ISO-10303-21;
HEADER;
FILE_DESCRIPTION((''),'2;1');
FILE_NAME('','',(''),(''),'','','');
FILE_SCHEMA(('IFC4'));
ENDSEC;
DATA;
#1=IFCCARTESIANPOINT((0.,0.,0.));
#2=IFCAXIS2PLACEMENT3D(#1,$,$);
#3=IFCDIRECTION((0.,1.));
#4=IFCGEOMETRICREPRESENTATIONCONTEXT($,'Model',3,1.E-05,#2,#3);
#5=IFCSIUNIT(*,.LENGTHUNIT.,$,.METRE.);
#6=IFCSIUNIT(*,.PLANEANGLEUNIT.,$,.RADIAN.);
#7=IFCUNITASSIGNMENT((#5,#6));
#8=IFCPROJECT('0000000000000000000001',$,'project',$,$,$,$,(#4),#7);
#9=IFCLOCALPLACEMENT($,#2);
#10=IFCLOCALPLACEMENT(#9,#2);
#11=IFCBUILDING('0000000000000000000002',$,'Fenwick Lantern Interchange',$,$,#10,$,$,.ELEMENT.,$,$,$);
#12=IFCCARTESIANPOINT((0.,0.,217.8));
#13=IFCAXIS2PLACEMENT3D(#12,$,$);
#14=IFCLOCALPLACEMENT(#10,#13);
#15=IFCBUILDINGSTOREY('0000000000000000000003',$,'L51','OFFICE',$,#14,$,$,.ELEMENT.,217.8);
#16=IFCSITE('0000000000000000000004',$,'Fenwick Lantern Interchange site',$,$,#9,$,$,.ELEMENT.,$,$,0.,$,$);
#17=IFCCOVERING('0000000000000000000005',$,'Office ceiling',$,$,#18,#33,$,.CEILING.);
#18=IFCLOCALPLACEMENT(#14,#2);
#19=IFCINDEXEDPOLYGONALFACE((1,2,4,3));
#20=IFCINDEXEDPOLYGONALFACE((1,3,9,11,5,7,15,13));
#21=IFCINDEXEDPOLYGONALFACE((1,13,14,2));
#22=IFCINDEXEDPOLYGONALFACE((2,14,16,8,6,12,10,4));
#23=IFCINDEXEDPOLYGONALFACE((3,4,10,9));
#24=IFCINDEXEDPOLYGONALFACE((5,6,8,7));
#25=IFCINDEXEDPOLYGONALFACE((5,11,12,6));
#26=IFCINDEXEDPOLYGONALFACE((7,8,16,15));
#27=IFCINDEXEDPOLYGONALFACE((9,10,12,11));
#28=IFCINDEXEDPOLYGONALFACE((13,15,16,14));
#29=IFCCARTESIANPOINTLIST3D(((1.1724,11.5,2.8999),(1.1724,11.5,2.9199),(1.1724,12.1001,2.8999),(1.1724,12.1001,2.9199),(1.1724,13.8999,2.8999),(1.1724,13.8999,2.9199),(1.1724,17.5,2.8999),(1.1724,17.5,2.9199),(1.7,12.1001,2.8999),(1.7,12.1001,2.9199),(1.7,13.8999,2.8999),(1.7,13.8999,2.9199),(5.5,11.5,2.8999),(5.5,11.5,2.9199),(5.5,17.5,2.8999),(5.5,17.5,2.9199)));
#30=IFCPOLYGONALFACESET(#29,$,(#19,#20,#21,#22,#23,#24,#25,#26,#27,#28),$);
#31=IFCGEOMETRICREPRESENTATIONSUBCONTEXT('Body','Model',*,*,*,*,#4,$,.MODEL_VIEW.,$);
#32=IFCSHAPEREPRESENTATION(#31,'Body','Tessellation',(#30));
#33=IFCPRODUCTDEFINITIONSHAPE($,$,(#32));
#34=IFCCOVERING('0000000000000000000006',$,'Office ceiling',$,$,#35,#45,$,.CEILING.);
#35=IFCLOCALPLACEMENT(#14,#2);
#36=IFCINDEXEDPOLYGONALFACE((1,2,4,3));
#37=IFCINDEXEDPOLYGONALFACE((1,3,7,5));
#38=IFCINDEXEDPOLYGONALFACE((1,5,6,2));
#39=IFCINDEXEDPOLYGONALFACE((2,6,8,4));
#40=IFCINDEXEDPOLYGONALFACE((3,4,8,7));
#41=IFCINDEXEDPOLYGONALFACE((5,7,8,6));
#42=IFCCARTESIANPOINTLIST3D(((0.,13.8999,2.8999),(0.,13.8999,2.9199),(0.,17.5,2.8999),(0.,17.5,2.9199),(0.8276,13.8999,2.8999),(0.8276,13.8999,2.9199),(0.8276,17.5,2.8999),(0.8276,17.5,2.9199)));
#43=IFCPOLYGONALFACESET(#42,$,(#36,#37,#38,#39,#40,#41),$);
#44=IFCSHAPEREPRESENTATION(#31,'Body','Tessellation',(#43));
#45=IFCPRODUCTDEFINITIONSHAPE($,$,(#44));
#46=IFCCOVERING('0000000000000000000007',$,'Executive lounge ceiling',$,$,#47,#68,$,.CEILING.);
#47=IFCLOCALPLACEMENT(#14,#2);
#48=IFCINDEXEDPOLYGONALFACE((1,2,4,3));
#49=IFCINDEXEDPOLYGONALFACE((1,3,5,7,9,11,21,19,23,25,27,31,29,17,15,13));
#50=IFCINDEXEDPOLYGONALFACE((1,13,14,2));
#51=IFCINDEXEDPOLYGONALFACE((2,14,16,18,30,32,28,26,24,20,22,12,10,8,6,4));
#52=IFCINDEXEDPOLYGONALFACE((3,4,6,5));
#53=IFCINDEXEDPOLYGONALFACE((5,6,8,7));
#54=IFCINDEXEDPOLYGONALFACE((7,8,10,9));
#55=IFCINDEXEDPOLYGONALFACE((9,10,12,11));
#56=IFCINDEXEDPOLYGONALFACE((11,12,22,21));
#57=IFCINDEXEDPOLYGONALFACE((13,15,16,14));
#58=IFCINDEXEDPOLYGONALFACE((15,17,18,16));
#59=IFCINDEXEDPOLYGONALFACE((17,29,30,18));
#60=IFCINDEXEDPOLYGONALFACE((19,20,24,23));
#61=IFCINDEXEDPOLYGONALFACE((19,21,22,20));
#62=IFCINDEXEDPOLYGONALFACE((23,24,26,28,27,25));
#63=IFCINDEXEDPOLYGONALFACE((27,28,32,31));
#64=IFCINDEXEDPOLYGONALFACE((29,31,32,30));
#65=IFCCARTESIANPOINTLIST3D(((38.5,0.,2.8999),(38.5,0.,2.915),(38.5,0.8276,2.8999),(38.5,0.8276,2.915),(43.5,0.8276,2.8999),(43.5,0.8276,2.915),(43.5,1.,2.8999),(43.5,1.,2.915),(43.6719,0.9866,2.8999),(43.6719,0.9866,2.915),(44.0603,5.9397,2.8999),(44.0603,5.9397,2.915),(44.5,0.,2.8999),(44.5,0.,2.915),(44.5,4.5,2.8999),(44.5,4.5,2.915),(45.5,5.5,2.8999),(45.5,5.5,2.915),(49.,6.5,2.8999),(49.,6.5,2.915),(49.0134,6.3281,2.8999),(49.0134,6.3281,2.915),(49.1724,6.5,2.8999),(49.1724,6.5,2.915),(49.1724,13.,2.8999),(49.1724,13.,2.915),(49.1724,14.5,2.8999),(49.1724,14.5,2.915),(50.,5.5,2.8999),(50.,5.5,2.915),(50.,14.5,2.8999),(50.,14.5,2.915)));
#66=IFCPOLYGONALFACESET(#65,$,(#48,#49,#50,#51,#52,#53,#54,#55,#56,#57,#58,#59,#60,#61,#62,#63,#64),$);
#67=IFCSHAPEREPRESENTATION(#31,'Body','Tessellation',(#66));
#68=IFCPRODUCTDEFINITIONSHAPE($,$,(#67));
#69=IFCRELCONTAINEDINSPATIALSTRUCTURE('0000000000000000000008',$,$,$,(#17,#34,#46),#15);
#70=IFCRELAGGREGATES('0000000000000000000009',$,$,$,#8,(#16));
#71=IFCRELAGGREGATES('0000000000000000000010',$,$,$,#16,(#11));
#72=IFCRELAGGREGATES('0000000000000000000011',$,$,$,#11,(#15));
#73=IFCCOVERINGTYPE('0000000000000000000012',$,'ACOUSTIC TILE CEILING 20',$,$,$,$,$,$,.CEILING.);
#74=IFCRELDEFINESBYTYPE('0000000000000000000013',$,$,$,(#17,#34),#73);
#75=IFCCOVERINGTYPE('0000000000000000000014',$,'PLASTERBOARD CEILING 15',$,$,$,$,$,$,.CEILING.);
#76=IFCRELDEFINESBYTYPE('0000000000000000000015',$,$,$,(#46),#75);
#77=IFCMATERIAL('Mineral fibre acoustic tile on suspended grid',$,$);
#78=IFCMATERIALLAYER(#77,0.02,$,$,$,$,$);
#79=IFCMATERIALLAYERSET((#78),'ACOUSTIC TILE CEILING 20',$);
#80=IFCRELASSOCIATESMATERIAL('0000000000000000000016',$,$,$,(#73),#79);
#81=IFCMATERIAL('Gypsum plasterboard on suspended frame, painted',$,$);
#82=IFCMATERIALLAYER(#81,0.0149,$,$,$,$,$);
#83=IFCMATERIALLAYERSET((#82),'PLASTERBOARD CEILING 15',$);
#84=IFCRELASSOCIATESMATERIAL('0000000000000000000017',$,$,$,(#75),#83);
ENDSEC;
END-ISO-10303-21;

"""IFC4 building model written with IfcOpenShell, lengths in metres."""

from ifc_helpers import new_model, si_unit, direction, frame, origin, place, context, subcontext, project, spatial, polyline, outline, extrude, material, layer, layer_set, type_object, element, save


model = new_model("IFC4")

# Units and contexts
model_context = context("Model", 3, precision=1e-05, world=origin(), true_north=direction((0.0, 1.0)))
body_context = subcontext(model_context, "Body", "Model", "MODEL_VIEW")
ifc_project = project(units=[si_unit("LENGTHUNIT", "METRE"), si_unit("PLANEANGLEUNIT", "RADIAN")], contexts=[model_context])

# Site, building, storey
site_placement = place(None, origin())
site = spatial("IfcSite", under=ifc_project, at=site_placement, Name="Fenwick Lantern Interchange site", CompositionType="ELEMENT", RefElevation=0.0)
building_placement = place(site_placement, origin())
building = spatial("IfcBuilding", under=site, at=building_placement, Name="Fenwick Lantern Interchange", CompositionType="ELEMENT")
storey_placement = place(building_placement, frame((0.0, 0.0, 217.8)))
storey = spatial("IfcBuildingStorey", under=building, at=storey_placement, Name="L51", Description="OFFICE", CompositionType="ELEMENT", Elevation=217.8)

# Coverings
ifc_material_1 = material(Name="Mineral fibre acoustic tile on suspended grid")
ifc_layer_1 = layer(ifc_material_1, 0.02)
ifc_layer_set_1 = layer_set([ifc_layer_1], Name="ACOUSTIC TILE CEILING 20")
covering_type_1 = type_object("IfcCoveringType", Name="ACOUSTIC TILE CEILING 20", PredefinedType="CEILING", material=ifc_layer_set_1)
covering_1_placement = place(storey_placement, frame((0.0, 0.0, 2.8999)))
element("IfcCovering", 1, at=covering_1_placement, inside=storey, type_object=covering_type_1, Name="Office ceiling", PredefinedType="CEILING", context=body_context, shape_type="SweptSolid", body=[
    extrude(outline(polyline([(5.5, 17.5), (1.1724, 17.5), (1.1724, 13.8999), (1.7, 13.8999), (1.7, 12.1001), (1.1724, 12.1001), (1.1724, 11.5), (5.5, 11.5), (5.5, 17.5)])), origin(), (0.0, 0.0, 1.0), 0.02),
])
covering_2_placement = place(storey_placement, frame((0.0, 0.0, 2.8999)))
element("IfcCovering", 2, at=covering_2_placement, inside=storey, type_object=covering_type_1, Name="Office ceiling", PredefinedType="CEILING", context=body_context, shape_type="SweptSolid", body=[
    extrude(outline(polyline([(0.8276, 17.5), (0.0, 17.5), (0.0, 13.8999), (0.8276, 13.8999), (0.8276, 17.5)])), origin(), (0.0, 0.0, 1.0), 0.02),
])
ifc_material_2 = material(Name="Gypsum plasterboard on suspended frame, painted")
ifc_layer_2 = layer(ifc_material_2, 0.0149)
ifc_layer_set_2 = layer_set([ifc_layer_2], Name="PLASTERBOARD CEILING 15")
covering_type_2 = type_object("IfcCoveringType", Name="PLASTERBOARD CEILING 15", PredefinedType="CEILING", material=ifc_layer_set_2)
covering_3_placement = place(storey_placement, frame((0.0, 0.0, 2.8999)))
element("IfcCovering", 3, at=covering_3_placement, inside=storey, type_object=covering_type_2, Name="Executive lounge ceiling", PredefinedType="CEILING", context=body_context, shape_type="SweptSolid", body=[
    extrude(outline(polyline([(38.5, 0.8276), (38.5, 0.0), (44.5, 0.0), (44.5, 4.5), (45.5, 5.5), (50.0, 5.5), (50.0, 14.5), (49.1724, 14.5), (49.1724, 13.0), (49.1724, 6.5), (49.0, 6.5), (49.0134, 6.3281), (44.0603, 5.9397), (43.6719, 0.9866), (43.5, 1.0), (43.5, 0.8276), (38.5, 0.8276)])), origin(), (0.0, 0.0, 1.0), 0.0151),
])

save(model, "model.ifc")
